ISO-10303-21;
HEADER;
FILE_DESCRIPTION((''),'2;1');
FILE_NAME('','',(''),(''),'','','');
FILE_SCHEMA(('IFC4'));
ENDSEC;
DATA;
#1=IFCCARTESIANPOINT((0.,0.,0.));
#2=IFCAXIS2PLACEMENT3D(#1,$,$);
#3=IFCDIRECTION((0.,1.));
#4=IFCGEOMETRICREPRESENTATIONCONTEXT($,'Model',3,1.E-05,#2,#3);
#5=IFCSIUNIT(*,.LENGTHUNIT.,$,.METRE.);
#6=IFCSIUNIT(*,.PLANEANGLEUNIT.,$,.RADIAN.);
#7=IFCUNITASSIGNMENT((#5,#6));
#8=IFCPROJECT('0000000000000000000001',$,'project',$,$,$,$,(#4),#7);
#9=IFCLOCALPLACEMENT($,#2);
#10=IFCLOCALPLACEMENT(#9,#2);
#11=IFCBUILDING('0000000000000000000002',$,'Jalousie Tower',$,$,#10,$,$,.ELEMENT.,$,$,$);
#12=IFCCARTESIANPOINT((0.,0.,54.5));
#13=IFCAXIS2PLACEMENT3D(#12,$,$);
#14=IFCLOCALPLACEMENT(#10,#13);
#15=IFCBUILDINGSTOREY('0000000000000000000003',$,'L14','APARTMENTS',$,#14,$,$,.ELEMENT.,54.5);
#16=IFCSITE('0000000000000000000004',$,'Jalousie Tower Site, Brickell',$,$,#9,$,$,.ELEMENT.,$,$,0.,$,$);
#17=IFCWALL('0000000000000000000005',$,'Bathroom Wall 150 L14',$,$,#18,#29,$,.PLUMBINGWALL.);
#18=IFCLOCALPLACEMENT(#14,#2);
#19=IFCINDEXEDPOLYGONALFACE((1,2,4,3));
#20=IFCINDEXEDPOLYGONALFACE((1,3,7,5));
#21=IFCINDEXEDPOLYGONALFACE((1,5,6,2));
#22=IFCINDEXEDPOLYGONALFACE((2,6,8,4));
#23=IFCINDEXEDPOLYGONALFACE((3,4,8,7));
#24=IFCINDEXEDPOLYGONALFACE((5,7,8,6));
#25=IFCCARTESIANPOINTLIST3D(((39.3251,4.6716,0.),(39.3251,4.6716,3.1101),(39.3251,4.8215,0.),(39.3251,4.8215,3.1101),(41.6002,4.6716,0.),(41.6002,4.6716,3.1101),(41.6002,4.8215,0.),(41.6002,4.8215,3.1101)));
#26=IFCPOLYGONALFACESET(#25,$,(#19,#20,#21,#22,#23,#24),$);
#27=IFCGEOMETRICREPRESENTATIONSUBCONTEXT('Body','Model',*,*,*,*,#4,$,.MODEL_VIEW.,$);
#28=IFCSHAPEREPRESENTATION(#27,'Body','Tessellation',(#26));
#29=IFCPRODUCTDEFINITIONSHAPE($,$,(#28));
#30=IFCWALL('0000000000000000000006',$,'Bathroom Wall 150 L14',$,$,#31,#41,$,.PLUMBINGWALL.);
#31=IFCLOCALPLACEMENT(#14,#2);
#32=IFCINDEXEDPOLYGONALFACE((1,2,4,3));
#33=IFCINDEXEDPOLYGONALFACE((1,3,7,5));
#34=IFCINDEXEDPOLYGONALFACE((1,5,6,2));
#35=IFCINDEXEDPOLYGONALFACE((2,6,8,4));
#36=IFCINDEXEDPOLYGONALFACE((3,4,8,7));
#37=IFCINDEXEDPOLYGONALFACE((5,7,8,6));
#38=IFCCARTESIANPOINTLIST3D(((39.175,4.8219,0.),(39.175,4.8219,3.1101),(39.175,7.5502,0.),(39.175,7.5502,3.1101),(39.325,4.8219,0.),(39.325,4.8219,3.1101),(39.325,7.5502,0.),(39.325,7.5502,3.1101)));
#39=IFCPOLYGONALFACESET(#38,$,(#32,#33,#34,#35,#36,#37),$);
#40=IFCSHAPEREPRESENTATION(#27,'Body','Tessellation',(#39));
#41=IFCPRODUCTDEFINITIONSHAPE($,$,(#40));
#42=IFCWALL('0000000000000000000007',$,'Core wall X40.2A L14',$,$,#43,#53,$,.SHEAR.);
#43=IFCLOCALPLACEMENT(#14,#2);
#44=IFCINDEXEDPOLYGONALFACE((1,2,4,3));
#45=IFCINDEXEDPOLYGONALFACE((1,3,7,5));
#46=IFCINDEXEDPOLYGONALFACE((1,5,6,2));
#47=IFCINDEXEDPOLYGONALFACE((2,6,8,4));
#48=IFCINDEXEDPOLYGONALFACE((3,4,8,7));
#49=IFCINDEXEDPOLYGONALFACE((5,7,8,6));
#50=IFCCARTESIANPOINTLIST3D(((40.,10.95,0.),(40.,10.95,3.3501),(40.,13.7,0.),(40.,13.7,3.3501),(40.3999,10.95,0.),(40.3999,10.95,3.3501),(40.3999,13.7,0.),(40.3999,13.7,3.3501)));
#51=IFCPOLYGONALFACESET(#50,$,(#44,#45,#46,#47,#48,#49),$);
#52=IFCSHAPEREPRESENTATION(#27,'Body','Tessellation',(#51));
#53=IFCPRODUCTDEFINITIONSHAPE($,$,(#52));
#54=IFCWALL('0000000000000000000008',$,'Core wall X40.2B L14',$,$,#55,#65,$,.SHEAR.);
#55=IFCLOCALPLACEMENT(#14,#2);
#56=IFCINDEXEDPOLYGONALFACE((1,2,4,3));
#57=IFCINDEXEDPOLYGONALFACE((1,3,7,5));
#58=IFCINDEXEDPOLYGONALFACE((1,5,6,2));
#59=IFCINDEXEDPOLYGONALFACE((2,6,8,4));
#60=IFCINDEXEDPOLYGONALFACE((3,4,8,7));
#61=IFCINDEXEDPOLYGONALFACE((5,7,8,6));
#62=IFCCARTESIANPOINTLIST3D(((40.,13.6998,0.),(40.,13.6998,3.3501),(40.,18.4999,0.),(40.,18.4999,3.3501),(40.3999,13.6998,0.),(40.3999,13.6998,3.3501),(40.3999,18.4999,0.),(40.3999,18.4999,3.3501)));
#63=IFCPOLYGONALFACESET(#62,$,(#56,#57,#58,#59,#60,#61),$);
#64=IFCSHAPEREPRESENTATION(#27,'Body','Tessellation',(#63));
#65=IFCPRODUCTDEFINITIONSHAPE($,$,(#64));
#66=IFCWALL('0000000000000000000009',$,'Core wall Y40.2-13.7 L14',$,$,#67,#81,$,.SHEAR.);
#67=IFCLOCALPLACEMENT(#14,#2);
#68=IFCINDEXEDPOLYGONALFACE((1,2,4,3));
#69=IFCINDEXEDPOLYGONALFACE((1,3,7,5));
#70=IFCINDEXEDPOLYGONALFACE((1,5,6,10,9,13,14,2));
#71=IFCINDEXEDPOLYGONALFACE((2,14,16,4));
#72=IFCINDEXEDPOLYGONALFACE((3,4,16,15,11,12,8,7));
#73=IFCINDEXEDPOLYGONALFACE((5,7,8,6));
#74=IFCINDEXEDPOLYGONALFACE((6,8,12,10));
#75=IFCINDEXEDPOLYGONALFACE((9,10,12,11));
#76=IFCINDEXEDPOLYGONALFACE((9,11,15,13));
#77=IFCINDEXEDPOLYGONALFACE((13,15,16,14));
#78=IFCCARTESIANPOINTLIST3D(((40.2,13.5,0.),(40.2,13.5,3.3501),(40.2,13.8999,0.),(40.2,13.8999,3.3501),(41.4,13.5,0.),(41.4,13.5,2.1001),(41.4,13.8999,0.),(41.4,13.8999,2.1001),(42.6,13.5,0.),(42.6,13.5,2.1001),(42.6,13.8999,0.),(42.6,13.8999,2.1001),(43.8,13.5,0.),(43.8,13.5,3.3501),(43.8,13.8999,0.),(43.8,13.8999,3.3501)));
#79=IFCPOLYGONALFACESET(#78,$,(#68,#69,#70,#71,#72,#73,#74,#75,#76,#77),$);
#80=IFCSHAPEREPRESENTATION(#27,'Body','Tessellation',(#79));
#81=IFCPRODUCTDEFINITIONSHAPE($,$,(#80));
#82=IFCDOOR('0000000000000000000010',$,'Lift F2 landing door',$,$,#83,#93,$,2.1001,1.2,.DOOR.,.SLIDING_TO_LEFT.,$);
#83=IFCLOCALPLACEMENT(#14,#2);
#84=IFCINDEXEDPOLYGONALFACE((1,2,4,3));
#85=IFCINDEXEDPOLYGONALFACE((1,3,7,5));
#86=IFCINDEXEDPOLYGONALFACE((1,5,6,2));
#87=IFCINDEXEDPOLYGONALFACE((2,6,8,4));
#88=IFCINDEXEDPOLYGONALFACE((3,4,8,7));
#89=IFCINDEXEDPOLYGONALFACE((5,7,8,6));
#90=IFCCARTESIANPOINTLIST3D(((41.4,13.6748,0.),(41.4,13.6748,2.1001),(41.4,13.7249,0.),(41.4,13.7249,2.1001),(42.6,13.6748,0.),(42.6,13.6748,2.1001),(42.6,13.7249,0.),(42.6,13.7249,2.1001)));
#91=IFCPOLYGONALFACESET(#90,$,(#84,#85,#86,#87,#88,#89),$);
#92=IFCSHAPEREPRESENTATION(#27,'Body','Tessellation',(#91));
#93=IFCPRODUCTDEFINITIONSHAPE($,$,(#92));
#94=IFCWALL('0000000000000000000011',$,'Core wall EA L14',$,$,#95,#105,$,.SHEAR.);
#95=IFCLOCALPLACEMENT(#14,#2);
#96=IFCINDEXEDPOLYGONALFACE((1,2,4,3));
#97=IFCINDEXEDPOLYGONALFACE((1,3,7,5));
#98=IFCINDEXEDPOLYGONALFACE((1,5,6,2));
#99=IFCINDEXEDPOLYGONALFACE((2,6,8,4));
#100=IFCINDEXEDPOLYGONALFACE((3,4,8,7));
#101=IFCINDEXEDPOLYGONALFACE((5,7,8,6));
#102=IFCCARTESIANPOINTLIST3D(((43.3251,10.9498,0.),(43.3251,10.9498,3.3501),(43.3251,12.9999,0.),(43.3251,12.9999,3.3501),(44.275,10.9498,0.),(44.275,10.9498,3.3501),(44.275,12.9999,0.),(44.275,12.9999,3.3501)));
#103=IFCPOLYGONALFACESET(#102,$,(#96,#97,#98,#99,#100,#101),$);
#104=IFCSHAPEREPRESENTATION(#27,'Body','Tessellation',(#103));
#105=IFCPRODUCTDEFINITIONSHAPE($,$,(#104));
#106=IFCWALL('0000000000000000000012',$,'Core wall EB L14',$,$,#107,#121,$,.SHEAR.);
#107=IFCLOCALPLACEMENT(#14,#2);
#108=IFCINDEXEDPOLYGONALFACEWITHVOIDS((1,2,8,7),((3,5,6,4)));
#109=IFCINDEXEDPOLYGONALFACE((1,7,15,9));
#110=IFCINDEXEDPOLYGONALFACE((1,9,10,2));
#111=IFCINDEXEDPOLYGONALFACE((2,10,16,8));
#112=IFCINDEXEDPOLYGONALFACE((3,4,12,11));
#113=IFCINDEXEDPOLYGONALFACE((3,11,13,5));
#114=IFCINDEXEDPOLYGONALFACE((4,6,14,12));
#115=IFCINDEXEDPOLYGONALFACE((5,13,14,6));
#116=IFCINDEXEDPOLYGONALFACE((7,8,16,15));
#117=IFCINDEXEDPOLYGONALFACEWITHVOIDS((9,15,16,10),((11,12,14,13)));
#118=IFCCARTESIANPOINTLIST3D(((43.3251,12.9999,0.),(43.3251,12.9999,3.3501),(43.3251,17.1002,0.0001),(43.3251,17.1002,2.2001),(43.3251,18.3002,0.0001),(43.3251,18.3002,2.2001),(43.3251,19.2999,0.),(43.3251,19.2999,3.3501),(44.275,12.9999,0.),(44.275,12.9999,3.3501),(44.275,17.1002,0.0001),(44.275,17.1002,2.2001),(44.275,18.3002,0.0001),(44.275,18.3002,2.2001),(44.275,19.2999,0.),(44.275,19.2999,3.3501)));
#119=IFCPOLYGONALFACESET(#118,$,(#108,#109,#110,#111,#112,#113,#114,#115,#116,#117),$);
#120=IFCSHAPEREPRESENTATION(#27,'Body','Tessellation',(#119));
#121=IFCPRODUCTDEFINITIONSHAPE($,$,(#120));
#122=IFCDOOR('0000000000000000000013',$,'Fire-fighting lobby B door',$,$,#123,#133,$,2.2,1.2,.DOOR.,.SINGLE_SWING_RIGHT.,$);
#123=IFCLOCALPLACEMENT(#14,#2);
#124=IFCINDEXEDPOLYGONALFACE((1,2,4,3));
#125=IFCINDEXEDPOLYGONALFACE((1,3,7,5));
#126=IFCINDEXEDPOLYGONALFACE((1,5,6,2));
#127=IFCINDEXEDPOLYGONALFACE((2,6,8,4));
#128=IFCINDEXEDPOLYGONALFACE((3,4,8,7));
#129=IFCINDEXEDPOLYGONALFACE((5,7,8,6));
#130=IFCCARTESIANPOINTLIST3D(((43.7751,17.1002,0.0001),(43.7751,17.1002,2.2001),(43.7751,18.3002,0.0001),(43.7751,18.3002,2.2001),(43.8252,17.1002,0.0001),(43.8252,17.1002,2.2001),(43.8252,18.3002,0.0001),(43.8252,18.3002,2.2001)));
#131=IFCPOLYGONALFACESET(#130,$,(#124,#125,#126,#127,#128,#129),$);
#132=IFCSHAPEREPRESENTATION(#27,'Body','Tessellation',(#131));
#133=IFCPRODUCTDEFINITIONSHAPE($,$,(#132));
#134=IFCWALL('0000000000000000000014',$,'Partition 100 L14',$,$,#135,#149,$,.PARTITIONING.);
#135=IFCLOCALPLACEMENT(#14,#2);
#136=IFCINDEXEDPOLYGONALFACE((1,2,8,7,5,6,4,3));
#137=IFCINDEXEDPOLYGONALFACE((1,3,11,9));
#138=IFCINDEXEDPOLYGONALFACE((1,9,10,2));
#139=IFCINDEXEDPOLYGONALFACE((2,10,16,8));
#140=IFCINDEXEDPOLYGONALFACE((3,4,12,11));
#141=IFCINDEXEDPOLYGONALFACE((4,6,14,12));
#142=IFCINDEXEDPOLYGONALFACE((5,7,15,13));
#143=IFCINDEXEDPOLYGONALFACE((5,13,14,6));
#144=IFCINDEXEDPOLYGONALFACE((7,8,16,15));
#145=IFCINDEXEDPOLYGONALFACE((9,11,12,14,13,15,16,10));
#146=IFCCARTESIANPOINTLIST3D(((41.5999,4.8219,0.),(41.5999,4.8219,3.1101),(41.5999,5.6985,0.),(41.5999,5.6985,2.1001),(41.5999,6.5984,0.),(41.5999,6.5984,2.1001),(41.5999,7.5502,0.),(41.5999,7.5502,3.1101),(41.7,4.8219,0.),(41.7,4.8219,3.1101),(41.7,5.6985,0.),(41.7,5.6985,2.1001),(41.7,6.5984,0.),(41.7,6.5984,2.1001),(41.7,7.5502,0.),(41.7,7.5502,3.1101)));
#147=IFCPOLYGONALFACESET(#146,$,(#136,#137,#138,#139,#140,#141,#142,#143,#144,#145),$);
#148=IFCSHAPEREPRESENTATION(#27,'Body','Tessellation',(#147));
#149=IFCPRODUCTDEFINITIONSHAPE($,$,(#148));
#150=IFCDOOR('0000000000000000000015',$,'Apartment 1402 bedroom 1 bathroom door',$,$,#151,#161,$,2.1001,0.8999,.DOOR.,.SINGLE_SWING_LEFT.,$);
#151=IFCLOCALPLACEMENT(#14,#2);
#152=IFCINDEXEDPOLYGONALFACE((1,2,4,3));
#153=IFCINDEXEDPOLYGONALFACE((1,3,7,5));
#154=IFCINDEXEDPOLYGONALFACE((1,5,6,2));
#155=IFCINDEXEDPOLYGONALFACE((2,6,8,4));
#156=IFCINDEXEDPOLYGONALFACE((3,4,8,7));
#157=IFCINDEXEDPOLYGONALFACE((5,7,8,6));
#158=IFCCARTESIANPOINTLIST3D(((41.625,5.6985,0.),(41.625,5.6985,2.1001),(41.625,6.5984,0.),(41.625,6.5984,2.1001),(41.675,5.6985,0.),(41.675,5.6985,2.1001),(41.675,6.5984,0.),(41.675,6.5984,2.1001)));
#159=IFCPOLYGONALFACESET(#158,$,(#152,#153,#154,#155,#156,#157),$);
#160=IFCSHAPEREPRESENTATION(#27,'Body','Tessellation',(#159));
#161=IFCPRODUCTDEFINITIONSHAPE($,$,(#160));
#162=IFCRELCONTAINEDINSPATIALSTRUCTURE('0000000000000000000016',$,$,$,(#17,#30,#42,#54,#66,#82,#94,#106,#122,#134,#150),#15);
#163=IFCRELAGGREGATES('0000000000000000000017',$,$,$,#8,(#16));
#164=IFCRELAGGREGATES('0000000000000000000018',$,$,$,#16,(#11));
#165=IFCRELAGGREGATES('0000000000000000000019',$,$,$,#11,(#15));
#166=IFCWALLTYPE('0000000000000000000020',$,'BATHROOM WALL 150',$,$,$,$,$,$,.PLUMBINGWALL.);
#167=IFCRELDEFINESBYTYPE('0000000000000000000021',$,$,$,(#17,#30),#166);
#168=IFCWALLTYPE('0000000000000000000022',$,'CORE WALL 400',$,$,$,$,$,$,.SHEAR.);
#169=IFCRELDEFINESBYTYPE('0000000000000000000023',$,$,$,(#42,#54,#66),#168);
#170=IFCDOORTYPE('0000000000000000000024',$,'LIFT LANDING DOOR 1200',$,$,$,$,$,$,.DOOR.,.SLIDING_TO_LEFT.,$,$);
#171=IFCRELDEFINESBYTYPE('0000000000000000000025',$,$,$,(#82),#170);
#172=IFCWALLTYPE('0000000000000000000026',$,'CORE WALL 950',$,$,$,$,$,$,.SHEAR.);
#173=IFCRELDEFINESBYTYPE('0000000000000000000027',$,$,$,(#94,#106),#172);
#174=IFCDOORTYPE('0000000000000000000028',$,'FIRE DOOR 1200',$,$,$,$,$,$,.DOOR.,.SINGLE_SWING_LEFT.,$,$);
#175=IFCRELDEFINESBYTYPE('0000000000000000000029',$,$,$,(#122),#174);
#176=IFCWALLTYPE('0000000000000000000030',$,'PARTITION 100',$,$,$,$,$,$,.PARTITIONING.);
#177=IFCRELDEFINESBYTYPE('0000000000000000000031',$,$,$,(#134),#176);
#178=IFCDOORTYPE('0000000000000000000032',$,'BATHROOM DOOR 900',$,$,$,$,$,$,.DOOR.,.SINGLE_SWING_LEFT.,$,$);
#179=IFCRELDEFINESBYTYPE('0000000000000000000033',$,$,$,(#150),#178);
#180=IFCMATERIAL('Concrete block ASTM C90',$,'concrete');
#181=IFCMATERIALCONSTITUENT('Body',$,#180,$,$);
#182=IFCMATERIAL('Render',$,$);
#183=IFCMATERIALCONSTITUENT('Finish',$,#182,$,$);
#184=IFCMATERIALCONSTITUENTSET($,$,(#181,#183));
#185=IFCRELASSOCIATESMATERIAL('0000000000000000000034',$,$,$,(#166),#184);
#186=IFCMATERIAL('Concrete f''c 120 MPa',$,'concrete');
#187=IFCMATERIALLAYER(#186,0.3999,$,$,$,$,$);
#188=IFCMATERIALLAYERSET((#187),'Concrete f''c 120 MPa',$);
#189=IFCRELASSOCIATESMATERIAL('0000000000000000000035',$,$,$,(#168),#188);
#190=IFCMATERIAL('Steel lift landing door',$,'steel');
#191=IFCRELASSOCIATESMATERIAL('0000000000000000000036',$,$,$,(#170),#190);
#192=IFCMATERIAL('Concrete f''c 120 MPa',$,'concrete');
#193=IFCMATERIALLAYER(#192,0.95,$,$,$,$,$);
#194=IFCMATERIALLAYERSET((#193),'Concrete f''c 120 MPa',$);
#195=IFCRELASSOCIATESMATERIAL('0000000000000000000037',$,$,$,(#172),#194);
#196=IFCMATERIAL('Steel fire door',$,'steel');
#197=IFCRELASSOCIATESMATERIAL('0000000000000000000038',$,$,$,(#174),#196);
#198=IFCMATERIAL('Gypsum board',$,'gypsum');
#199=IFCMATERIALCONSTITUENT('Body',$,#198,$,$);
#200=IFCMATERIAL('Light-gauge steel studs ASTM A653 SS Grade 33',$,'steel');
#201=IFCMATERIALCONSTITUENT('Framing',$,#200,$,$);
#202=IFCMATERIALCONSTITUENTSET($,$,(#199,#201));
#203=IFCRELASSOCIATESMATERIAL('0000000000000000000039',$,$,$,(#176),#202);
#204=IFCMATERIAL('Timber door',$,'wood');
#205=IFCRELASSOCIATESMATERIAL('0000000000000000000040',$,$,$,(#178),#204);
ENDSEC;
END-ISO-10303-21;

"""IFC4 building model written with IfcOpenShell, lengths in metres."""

from ifc_helpers import new_model, si_unit, direction, frame, frame_2d, origin, place, context, subcontext, project, spatial, rectangle, extrude, material, layer, layer_set, constituent, constituent_set, type_object, element, fill, save


model = new_model("IFC4")

# Units and contexts
model_context = context("Model", 3, precision=1e-05, world=origin(), true_north=direction((0.0, 1.0)))
body_context = subcontext(model_context, "Body", "Model", "MODEL_VIEW")
ifc_project = project(units=[si_unit("LENGTHUNIT", "METRE"), si_unit("PLANEANGLEUNIT", "RADIAN")], contexts=[model_context])

# Site, building, storey
site_placement = place(None, origin())
site = spatial("IfcSite", under=ifc_project, at=site_placement, Name="Jalousie Tower Site, Brickell", CompositionType="ELEMENT", RefElevation=0.0)
building_placement = place(site_placement, origin())
building = spatial("IfcBuilding", under=site, at=building_placement, Name="Jalousie Tower", CompositionType="ELEMENT")
storey_placement = place(building_placement, frame((0.0, 0.0, 54.5)))
storey = spatial("IfcBuildingStorey", under=building, at=storey_placement, Name="L14", Description="APARTMENTS", CompositionType="ELEMENT", Elevation=54.5)

# Walls
ifc_material_1 = material(Name="Concrete block ASTM C90", Category="concrete")
ifc_constituent_1 = constituent(ifc_material_1, Name="Body")
ifc_material_2 = material(Name="Render")
ifc_constituent_2 = constituent(ifc_material_2, Name="Finish")
ifc_constituent_set_1 = constituent_set(constituents=[ifc_constituent_1, ifc_constituent_2])
wall_type_1 = type_object("IfcWallType", Name="BATHROOM WALL 150", PredefinedType="PLUMBINGWALL", material=ifc_constituent_set_1)
wall_1_placement = place(storey_placement, frame((39.325, 4.7466, 0.0), z_axis=(0.0, 0.0, 1.0), x_axis=(1.0, 0.0, 0.0)))
element("IfcWall", 1, at=wall_1_placement, inside=storey, type_object=wall_type_1, Name="Bathroom Wall 150 L14", PredefinedType="PLUMBINGWALL", context=body_context, shape_type="SweptSolid", body=[
    extrude(rectangle(XDim=2.2751, YDim=0.1499, at=frame_2d((1.1377, 0.0))), origin(), (0.0, 0.0, 1.0), 3.1101),
])
wall_2_placement = place(storey_placement, frame((39.25, 4.8218, 0.0), z_axis=(0.0, 0.0, 1.0), x_axis=(0.0, 1.0, 0.0)))
element("IfcWall", 2, at=wall_2_placement, inside=storey, type_object=wall_type_1, Name="Bathroom Wall 150 L14", PredefinedType="PLUMBINGWALL", context=body_context, shape_type="SweptSolid", body=[
    extrude(rectangle(XDim=2.7283, YDim=0.1499, at=frame_2d((1.3643, 0.0))), origin(), (0.0, 0.0, 1.0), 3.1101),
])
ifc_material_3 = material(Name="Concrete f'c 120 MPa", Category="concrete")
ifc_layer_1 = layer(ifc_material_3, 0.3999)
ifc_layer_set_1 = layer_set([ifc_layer_1], Name="Concrete f'c 120 MPa")
wall_type_2 = type_object("IfcWallType", Name="CORE WALL 400", PredefinedType="SHEAR", material=ifc_layer_set_1)
wall_3_placement = place(storey_placement, frame((40.2, 10.95, 0.0), z_axis=(0.0, 0.0, 1.0), x_axis=(0.0, 1.0, 0.0)))
element("IfcWall", 3, at=wall_3_placement, inside=storey, type_object=wall_type_2, Name="Core wall X40.2A L14", PredefinedType="SHEAR", context=body_context, shape_type="SweptSolid", body=[
    extrude(rectangle(XDim=2.75, YDim=0.3999, at=frame_2d((1.375, 0.0))), origin(), (0.0, 0.0, 1.0), 3.3501),
])
wall_4_placement = place(storey_placement, frame((40.2, 13.7, 0.0), z_axis=(0.0, 0.0, 1.0), x_axis=(0.0, 1.0, 0.0)))
element("IfcWall", 4, at=wall_4_placement, inside=storey, type_object=wall_type_2, Name="Core wall X40.2B L14", PredefinedType="SHEAR", context=body_context, shape_type="SweptSolid", body=[
    extrude(rectangle(XDim=4.8, YDim=0.3999, at=frame_2d((2.3999, 0.0))), origin(), (0.0, 0.0, 1.0), 3.3501),
])

# Wall, opening, door
wall_5_placement = place(storey_placement, frame((40.2, 13.7, 0.0), z_axis=(0.0, 0.0, 1.0), x_axis=(1.0, 0.0, 0.0)))
wall_5 = element("IfcWall", 5, at=wall_5_placement, inside=storey, type_object=wall_type_2, Name="Core wall Y40.2-13.7 L14", PredefinedType="SHEAR", context=body_context, shape_type="SweptSolid", body=[
    extrude(rectangle(XDim=3.6001, YDim=0.3999, at=frame_2d((1.8, 0.0))), origin(), (0.0, 0.0, 1.0), 3.3501),
])
opening_1_placement = place(wall_5_placement, frame((1.2, 0.0, 0.0)))
opening_1 = element("IfcOpeningElement", 6, at=opening_1_placement, cuts=wall_5, PredefinedType="OPENING", context=body_context, shape_type="SweptSolid", body=[
    extrude(rectangle(XDim=1.2, YDim=2.1001, at=frame_2d((0.6001, 1.05))), frame((0.0, 0.21, 0.0), z_axis=(0.0, -1.0, 0.0), x_axis=(1.0, 0.0, 0.0)), (0.0, 0.0, 1.0), 0.4199),
])
ifc_material_4 = material(Name="Steel lift landing door", Category="steel")
door_type_1 = type_object("IfcDoorType", Name="LIFT LANDING DOOR 1200", OperationType="SLIDING_TO_LEFT", PredefinedType="DOOR", material=ifc_material_4)
door_1_placement = place(opening_1_placement, origin())
door_1 = element("IfcDoor", 7, at=door_1_placement, inside=storey, type_object=door_type_1, Name="Lift F2 landing door", OperationType="SLIDING_TO_LEFT", OverallHeight=2.1001, OverallWidth=1.2, PredefinedType="DOOR", context=body_context, shape_type="SweptSolid", body=[
    extrude(rectangle(XDim=1.2, YDim=2.1001, at=frame_2d((0.6001, 1.05))), frame((0.0, 0.0249, 0.0), z_axis=(0.0, -1.0, 0.0), x_axis=(1.0, 0.0, 0.0)), (0.0, 0.0, 1.0), 0.05),
])
fill(opening_1, door_1)

# Wall
ifc_material_5 = material(Name="Concrete f'c 120 MPa", Category="concrete")
ifc_layer_2 = layer(ifc_material_5, 0.95)
ifc_layer_set_2 = layer_set([ifc_layer_2], Name="Concrete f'c 120 MPa")
wall_type_3 = type_object("IfcWallType", Name="CORE WALL 950", PredefinedType="SHEAR", material=ifc_layer_set_2)
wall_6_placement = place(storey_placement, frame((43.8, 10.95, 0.0), z_axis=(0.0, 0.0, 1.0), x_axis=(0.0, 1.0, 0.0)))
element("IfcWall", 8, at=wall_6_placement, inside=storey, type_object=wall_type_3, Name="Core wall EA L14", PredefinedType="SHEAR", context=body_context, shape_type="SweptSolid", body=[
    extrude(rectangle(XDim=2.05, YDim=0.95, at=frame_2d((1.0249, 0.0))), origin(), (0.0, 0.0, 1.0), 3.3501),
])

# Walls, openings, doors
wall_7_placement = place(storey_placement, frame((43.8, 13.0, 0.0), z_axis=(0.0, 0.0, 1.0), x_axis=(0.0, 1.0, 0.0)))
wall_7 = element("IfcWall", 9, at=wall_7_placement, inside=storey, type_object=wall_type_3, Name="Core wall EB L14", PredefinedType="SHEAR", context=body_context, shape_type="SweptSolid", body=[
    extrude(rectangle(XDim=6.3, YDim=0.95, at=frame_2d((3.1499, 0.0))), origin(), (0.0, 0.0, 1.0), 3.3501),
])
opening_2_placement = place(wall_7_placement, frame((4.1001, 0.0, 0.0)))
opening_2 = element("IfcOpeningElement", 10, at=opening_2_placement, cuts=wall_7, PredefinedType="OPENING", context=body_context, shape_type="SweptSolid", body=[
    extrude(rectangle(XDim=1.2, YDim=2.2, at=frame_2d((0.6001, 1.1001))), frame((0.0, 0.4849, 0.0), z_axis=(0.0, -1.0, 0.0), x_axis=(1.0, 0.0, 0.0)), (0.0, 0.0, 1.0), 0.97),
])
ifc_material_6 = material(Name="Steel fire door", Category="steel")
door_type_2 = type_object("IfcDoorType", Name="FIRE DOOR 1200", OperationType="SINGLE_SWING_LEFT", PredefinedType="DOOR", material=ifc_material_6)
door_2_placement = place(opening_2_placement, origin())
door_2 = element("IfcDoor", 11, at=door_2_placement, inside=storey, type_object=door_type_2, Name="Fire-fighting lobby B door", OperationType="SINGLE_SWING_RIGHT", OverallHeight=2.2, OverallWidth=1.2, PredefinedType="DOOR", context=body_context, shape_type="SweptSolid", body=[
    extrude(rectangle(XDim=1.2, YDim=2.2, at=frame_2d((0.6001, 1.1001))), frame((0.0, 0.0249, 0.0), z_axis=(0.0, -1.0, 0.0), x_axis=(1.0, 0.0, 0.0)), (0.0, 0.0, 1.0), 0.05),
])
fill(opening_2, door_2)
ifc_material_7 = material(Name="Gypsum board", Category="gypsum")
ifc_constituent_3 = constituent(ifc_material_7, Name="Body")
ifc_material_8 = material(Name="Light-gauge steel studs ASTM A653 SS Grade 33", Category="steel")
ifc_constituent_4 = constituent(ifc_material_8, Name="Framing")
ifc_constituent_set_2 = constituent_set(constituents=[ifc_constituent_3, ifc_constituent_4])
wall_type_4 = type_object("IfcWallType", Name="PARTITION 100", PredefinedType="PARTITIONING", material=ifc_constituent_set_2)
wall_8_placement = place(storey_placement, frame((41.6499, 4.8218, 0.0), z_axis=(0.0, 0.0, 1.0), x_axis=(0.0, 1.0, 0.0)))
wall_8 = element("IfcWall", 12, at=wall_8_placement, inside=storey, type_object=wall_type_4, Name="Partition 100 L14", PredefinedType="PARTITIONING", context=body_context, shape_type="SweptSolid", body=[
    extrude(rectangle(XDim=2.7283, YDim=0.1001, at=frame_2d((1.3643, 0.0))), origin(), (0.0, 0.0, 1.0), 3.1101),
])
opening_3_placement = place(wall_8_placement, frame((0.8767, 0.0, 0.0)))
opening_3 = element("IfcOpeningElement", 13, at=opening_3_placement, cuts=wall_8, PredefinedType="OPENING", context=body_context, shape_type="SweptSolid", body=[
    extrude(rectangle(XDim=0.8999, YDim=2.1001, at=frame_2d((0.45, 1.05))), frame((0.0, 0.0601, 0.0), z_axis=(0.0, -1.0, 0.0), x_axis=(1.0, 0.0, 0.0)), (0.0, 0.0, 1.0), 0.1201),
])
ifc_material_9 = material(Name="Timber door", Category="wood")
door_type_3 = type_object("IfcDoorType", Name="BATHROOM DOOR 900", OperationType="SINGLE_SWING_LEFT", PredefinedType="DOOR", material=ifc_material_9)
door_3_placement = place(opening_3_placement, origin())
door_3 = element("IfcDoor", 14, at=door_3_placement, inside=storey, type_object=door_type_3, Name="Apartment 1402 bedroom 1 bathroom door", OperationType="SINGLE_SWING_LEFT", OverallHeight=2.1001, OverallWidth=0.8999, PredefinedType="DOOR", context=body_context, shape_type="SweptSolid", body=[
    extrude(rectangle(XDim=0.8999, YDim=2.1001, at=frame_2d((0.45, 1.05))), frame((0.0, 0.0249, 0.0), z_axis=(0.0, -1.0, 0.0), x_axis=(1.0, 0.0, 0.0)), (0.0, 0.0, 1.0), 0.05),
])
fill(opening_3, door_3)

save(model, "model.ifc")
